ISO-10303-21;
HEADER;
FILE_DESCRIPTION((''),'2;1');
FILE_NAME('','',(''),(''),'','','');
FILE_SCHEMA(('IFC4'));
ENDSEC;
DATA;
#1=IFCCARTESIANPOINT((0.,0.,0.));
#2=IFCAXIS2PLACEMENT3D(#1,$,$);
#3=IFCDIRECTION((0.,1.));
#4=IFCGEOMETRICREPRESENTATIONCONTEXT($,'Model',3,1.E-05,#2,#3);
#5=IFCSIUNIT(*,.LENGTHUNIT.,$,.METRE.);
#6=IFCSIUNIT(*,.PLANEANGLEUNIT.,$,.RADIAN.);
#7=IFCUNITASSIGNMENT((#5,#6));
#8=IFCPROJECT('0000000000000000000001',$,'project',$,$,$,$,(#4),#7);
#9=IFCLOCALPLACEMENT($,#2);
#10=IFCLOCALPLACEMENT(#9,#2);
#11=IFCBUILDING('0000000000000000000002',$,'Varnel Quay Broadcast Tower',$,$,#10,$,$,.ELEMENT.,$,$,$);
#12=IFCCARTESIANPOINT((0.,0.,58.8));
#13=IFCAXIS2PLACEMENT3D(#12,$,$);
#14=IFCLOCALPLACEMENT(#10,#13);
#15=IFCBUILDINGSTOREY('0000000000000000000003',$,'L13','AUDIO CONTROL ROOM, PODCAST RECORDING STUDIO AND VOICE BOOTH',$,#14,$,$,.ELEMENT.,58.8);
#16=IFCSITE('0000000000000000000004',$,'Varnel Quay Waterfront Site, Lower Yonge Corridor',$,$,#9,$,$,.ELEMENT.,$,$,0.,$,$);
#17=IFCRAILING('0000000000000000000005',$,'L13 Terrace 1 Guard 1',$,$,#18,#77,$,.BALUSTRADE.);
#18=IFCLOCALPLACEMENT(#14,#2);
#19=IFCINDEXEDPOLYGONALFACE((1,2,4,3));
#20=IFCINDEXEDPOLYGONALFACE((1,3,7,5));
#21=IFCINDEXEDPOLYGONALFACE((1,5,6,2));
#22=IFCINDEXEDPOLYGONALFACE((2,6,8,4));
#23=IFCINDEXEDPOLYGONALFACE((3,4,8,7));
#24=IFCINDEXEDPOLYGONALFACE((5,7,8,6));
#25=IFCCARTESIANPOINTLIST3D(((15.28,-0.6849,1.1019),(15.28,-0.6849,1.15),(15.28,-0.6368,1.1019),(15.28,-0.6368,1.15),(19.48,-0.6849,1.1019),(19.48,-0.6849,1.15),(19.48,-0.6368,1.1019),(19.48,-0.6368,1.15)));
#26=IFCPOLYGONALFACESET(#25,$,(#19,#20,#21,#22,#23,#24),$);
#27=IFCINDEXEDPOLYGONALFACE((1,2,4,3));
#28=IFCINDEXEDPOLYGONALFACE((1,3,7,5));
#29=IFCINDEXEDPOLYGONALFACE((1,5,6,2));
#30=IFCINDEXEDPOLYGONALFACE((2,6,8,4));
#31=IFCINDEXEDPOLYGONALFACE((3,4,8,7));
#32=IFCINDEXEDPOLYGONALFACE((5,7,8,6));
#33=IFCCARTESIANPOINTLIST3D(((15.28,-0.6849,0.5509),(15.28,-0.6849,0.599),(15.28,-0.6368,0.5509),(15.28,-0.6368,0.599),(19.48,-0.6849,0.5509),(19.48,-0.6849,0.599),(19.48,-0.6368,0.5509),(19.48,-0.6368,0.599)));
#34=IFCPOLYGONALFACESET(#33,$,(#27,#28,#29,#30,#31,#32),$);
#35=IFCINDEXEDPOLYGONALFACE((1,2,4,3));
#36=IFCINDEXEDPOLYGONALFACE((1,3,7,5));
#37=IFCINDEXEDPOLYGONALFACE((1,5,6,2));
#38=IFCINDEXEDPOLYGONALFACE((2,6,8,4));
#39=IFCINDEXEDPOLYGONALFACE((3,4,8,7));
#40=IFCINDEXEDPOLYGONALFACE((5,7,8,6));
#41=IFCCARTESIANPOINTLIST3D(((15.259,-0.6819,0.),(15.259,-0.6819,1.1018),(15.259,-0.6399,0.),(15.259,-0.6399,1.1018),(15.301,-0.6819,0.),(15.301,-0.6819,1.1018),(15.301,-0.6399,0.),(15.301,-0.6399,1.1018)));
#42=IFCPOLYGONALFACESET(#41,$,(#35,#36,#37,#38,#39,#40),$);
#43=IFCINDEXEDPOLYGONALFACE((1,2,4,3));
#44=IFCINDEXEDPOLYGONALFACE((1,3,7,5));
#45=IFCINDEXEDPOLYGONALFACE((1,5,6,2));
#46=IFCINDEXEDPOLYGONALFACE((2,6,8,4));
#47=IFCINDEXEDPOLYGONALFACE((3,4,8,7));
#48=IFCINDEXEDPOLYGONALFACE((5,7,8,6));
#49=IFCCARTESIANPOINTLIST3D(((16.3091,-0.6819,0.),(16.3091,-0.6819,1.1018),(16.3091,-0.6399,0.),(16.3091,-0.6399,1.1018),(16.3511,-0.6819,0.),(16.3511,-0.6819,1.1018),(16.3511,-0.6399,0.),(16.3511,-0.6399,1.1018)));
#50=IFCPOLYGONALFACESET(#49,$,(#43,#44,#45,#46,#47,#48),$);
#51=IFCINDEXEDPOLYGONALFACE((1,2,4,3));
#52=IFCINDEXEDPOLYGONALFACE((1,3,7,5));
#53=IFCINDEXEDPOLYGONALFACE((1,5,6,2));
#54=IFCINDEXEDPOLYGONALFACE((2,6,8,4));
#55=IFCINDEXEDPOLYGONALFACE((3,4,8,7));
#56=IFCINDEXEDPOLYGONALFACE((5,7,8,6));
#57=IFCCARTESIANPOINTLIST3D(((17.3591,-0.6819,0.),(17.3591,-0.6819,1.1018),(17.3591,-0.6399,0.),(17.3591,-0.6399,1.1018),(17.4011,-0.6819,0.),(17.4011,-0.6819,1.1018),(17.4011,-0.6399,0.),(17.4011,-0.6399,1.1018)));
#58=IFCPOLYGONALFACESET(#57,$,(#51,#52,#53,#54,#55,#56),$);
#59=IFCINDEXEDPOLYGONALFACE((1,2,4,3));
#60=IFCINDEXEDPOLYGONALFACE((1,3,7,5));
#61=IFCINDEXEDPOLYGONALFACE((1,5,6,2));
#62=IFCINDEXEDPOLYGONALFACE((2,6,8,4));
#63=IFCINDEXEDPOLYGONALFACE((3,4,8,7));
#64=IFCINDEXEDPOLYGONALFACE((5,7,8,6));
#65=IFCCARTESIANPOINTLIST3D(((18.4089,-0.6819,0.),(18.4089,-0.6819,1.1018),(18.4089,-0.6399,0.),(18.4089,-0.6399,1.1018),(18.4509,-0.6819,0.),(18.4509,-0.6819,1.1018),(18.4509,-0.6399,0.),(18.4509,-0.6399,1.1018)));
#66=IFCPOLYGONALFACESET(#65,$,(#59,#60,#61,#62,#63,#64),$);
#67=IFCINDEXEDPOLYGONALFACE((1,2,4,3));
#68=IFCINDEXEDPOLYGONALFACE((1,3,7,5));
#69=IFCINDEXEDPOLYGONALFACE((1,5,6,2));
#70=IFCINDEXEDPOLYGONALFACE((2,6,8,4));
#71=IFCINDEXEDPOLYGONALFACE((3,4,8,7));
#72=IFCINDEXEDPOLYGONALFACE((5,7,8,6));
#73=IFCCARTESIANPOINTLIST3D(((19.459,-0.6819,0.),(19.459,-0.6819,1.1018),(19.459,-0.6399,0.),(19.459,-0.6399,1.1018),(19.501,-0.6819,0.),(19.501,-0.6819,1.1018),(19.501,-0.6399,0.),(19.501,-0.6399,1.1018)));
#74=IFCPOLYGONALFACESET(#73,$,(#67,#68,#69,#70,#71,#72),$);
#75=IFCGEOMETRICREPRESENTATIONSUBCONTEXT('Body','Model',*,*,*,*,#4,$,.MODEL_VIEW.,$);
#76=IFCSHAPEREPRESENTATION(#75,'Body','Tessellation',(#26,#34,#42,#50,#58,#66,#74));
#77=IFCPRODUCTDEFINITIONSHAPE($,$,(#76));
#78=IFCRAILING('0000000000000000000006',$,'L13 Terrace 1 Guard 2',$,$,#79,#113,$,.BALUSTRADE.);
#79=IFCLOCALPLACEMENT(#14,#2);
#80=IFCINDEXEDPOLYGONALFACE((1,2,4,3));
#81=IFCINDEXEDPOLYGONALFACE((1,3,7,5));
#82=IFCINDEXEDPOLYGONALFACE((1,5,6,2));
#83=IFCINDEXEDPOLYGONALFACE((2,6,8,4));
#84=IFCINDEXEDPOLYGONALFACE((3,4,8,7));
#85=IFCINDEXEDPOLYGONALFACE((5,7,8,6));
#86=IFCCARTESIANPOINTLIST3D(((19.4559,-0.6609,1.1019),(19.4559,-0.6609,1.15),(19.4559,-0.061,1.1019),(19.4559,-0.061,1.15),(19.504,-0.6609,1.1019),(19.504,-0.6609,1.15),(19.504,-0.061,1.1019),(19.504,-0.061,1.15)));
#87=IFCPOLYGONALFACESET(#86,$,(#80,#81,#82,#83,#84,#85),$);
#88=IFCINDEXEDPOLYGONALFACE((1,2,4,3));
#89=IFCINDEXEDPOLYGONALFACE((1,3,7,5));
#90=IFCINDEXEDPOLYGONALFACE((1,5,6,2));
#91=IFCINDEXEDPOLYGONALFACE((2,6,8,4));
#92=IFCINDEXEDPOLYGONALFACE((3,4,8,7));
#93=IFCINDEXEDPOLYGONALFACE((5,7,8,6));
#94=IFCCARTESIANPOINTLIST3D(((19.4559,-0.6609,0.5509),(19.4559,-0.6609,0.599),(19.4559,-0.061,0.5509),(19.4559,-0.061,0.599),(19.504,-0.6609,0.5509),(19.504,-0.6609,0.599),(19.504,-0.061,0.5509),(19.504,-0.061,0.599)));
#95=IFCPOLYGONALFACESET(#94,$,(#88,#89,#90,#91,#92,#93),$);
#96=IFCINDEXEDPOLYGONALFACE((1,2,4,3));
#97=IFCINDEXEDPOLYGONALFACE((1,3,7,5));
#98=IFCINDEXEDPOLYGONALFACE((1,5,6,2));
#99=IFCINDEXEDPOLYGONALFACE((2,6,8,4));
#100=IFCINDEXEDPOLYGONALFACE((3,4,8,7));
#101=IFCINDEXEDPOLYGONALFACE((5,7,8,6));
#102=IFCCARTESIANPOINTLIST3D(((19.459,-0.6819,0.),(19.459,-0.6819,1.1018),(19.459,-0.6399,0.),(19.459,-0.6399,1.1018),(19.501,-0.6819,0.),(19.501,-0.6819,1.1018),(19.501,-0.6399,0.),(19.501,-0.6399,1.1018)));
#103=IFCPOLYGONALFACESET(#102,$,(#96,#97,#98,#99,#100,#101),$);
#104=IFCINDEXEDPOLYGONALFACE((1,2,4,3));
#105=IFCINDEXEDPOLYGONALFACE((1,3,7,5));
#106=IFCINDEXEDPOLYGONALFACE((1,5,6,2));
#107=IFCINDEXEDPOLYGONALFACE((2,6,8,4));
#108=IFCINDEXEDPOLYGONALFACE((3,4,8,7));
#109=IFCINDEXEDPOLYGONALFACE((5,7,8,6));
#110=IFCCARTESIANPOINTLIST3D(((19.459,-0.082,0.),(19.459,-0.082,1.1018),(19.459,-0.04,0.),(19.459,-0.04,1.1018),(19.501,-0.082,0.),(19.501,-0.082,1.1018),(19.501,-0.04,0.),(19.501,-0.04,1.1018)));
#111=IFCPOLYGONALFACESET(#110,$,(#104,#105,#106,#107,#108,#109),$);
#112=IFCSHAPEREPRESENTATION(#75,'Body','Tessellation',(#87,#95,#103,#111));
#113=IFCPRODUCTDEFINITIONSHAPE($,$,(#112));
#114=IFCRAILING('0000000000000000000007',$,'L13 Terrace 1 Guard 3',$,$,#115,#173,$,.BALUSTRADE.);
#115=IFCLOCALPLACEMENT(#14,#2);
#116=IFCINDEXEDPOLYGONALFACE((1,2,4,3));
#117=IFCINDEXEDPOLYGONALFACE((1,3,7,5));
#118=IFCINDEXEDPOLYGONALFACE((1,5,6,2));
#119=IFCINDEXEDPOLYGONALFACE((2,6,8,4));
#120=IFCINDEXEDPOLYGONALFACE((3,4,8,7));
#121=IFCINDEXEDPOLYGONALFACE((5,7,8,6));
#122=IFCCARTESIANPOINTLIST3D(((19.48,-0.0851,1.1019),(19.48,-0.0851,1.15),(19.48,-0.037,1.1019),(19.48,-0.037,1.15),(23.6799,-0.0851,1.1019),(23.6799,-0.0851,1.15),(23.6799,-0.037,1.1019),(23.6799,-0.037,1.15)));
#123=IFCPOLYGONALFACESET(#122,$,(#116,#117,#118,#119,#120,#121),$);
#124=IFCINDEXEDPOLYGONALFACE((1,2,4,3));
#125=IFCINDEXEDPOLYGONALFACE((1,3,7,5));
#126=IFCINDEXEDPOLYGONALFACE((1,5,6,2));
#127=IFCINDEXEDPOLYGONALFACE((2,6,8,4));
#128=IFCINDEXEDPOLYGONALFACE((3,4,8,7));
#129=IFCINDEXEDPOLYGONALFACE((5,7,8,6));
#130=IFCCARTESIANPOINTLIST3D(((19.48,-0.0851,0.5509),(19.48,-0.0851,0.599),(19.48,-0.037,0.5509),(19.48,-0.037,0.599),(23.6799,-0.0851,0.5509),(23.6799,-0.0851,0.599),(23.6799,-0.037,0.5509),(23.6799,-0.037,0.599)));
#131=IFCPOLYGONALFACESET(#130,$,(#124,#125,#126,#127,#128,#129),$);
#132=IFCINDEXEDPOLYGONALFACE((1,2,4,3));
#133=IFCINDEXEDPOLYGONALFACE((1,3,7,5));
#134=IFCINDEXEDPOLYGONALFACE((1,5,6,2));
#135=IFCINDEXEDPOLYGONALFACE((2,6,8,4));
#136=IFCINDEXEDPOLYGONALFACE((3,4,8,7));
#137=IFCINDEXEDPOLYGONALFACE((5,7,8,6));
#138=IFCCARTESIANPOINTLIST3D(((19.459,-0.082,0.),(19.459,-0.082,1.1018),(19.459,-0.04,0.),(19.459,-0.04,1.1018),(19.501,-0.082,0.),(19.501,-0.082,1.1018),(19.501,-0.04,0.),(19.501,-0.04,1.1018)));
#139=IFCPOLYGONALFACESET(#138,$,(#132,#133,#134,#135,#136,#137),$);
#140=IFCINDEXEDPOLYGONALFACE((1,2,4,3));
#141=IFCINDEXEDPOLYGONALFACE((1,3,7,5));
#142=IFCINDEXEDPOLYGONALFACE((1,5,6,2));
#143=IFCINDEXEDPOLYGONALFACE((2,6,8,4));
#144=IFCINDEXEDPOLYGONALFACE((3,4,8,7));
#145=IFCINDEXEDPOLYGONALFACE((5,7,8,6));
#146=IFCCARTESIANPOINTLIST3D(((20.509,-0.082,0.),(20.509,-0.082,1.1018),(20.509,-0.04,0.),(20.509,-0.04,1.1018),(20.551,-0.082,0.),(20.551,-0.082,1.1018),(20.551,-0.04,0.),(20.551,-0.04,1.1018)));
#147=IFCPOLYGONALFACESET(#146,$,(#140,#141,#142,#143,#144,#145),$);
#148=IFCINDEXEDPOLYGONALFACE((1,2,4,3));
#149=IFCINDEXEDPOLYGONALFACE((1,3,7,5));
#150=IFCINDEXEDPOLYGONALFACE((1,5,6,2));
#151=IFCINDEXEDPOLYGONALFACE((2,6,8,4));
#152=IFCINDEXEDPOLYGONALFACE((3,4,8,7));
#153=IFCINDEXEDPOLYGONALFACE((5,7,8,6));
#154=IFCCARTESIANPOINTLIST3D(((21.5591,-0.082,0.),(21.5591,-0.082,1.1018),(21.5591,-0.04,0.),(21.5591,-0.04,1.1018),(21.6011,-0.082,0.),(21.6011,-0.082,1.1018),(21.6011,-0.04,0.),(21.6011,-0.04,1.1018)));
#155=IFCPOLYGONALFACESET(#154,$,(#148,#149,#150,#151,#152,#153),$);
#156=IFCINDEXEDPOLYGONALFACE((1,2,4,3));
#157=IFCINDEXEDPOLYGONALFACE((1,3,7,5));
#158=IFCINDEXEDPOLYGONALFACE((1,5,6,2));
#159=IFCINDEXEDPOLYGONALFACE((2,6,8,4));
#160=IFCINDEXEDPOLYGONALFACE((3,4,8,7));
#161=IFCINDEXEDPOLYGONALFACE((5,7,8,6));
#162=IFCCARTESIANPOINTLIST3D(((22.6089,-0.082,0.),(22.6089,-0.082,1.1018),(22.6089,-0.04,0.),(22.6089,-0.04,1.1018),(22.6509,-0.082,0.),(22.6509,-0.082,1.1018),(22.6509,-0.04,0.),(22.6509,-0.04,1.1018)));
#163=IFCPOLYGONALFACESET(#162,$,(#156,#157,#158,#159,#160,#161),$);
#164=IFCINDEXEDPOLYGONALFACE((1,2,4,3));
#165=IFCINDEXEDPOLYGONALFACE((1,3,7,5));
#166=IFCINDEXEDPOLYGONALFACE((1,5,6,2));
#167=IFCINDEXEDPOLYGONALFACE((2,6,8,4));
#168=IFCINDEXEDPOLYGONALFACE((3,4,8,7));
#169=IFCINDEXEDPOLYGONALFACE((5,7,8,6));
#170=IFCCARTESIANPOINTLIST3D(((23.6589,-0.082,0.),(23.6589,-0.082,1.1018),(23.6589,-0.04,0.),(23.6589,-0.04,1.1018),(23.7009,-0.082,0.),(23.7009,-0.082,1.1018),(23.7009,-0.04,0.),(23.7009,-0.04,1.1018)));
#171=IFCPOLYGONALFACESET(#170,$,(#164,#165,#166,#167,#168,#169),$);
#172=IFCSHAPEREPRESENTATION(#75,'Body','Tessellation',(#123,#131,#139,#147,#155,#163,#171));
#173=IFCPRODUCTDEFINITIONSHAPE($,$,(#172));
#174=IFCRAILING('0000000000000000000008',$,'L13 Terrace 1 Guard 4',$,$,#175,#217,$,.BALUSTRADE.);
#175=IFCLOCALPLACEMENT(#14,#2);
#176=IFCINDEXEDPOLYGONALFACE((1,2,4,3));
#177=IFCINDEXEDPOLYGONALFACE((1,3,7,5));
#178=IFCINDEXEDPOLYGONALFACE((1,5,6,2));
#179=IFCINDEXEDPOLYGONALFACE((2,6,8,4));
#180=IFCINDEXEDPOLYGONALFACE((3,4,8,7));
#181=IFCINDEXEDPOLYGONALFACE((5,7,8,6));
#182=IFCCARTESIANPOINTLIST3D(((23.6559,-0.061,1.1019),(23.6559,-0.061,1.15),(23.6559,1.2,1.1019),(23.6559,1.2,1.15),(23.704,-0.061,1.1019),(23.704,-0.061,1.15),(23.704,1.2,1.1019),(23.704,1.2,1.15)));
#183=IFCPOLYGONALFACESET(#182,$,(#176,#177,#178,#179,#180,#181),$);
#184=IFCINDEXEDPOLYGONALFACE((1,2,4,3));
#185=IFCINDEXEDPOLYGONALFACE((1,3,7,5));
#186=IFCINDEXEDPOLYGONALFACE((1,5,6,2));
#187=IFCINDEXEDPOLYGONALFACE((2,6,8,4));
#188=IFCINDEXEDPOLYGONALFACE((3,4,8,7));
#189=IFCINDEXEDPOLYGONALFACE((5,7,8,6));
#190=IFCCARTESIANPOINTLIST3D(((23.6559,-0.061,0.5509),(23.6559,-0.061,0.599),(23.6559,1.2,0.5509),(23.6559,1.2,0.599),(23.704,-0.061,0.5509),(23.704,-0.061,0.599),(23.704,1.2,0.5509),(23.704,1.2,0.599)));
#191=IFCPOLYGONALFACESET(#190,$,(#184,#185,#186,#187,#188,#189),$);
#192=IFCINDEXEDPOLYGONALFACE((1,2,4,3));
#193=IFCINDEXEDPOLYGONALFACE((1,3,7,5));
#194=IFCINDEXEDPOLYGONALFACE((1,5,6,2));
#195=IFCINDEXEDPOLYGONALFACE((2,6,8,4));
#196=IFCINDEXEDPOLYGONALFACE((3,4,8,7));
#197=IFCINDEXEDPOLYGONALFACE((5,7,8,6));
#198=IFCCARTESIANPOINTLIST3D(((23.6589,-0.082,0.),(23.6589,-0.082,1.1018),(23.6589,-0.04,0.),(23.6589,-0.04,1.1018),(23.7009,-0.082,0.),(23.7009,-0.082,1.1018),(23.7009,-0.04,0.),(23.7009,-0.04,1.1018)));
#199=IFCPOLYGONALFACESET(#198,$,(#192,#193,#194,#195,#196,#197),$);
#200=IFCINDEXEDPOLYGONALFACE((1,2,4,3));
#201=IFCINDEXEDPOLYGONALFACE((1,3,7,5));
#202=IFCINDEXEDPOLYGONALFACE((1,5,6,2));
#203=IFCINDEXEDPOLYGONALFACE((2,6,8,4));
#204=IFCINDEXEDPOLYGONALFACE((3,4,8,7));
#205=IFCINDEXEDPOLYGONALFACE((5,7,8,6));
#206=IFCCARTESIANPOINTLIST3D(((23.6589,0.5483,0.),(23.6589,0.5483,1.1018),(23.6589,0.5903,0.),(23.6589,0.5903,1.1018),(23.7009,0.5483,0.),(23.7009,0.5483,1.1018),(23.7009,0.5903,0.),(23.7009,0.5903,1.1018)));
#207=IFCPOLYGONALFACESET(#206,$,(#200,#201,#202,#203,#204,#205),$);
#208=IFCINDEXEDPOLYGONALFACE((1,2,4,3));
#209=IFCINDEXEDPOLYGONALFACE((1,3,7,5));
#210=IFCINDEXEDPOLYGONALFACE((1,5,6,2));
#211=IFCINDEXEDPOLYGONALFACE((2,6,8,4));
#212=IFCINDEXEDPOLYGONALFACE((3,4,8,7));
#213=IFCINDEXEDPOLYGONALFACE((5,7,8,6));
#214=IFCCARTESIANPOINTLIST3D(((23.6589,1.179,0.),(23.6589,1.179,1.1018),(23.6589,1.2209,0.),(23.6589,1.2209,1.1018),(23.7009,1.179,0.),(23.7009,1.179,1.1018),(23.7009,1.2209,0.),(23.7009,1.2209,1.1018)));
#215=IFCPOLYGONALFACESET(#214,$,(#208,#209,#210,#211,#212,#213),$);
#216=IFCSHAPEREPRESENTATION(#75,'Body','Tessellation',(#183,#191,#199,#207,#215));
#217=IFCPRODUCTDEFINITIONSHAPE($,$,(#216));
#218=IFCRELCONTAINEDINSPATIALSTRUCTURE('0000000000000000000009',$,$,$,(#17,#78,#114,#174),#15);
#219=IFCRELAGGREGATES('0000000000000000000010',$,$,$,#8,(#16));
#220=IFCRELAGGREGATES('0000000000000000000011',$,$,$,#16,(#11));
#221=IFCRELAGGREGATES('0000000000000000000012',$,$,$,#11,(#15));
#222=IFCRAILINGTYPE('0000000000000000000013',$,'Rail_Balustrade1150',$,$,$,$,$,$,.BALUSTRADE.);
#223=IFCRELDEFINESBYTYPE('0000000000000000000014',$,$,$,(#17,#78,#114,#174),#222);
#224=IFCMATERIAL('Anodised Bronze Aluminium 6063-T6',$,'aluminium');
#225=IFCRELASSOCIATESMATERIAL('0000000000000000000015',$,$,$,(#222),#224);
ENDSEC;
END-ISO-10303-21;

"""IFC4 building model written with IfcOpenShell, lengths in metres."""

from ifc_helpers import new_model, si_unit, direction, frame, origin, origin_2d, place, context, subcontext, project, spatial, rectangle, extrude, material, type_object, element, save


model = new_model("IFC4")

# Units and contexts
model_context = context("Model", 3, precision=1e-05, world=origin(), true_north=direction((0.0, 1.0)))
body_context = subcontext(model_context, "Body", "Model", "MODEL_VIEW")
ifc_project = project(units=[si_unit("LENGTHUNIT", "METRE"), si_unit("PLANEANGLEUNIT", "RADIAN")], contexts=[model_context])

# Site, building, storey
site_placement = place(None, origin())
site = spatial("IfcSite", under=ifc_project, at=site_placement, Name="Varnel Quay Waterfront Site, Lower Yonge Corridor", CompositionType="ELEMENT", RefElevation=0.0)
building_placement = place(site_placement, origin())
building = spatial("IfcBuilding", under=site, at=building_placement, Name="Varnel Quay Broadcast Tower", CompositionType="ELEMENT")
storey_placement = place(building_placement, frame((0.0, 0.0, 58.8)))
storey = spatial("IfcBuildingStorey", under=building, at=storey_placement, Name="L13", Description="AUDIO CONTROL ROOM, PODCAST RECORDING STUDIO AND VOICE BOOTH", CompositionType="ELEMENT", Elevation=58.8)

# Shared definitions
ifc_material_1 = material(Name="Anodised Bronze Aluminium 6063-T6", Category="aluminium")

# Railings
railing_type = type_object("IfcRailingType", Name="Rail_Balustrade1150", PredefinedType="BALUSTRADE", material=ifc_material_1)
railing_1_placement = place(storey_placement, frame((15.28, -0.6609, 0.0)))
element("IfcRailing", 1, at=railing_1_placement, inside=storey, type_object=railing_type, Name="L13 Terrace 1 Guard 1", PredefinedType="BALUSTRADE", context=body_context, shape_type="SweptSolid", body=[
    extrude(rectangle(XDim=0.0481, YDim=0.0481, at=origin_2d()), frame((0.0, 0.0, 1.126), z_axis=(1.0, 0.0, 0.0), x_axis=(0.0, 1.0, 0.0)), (0.0, 0.0, 1.0), 4.2),
    extrude(rectangle(XDim=0.0481, YDim=0.0481, at=origin_2d()), frame((0.0, 0.0, 0.575), z_axis=(1.0, 0.0, 0.0), x_axis=(0.0, 1.0, 0.0)), (0.0, 0.0, 1.0), 4.2),
    extrude(rectangle(XDim=0.042, YDim=0.042, at=origin_2d()), origin(), (0.0, 0.0, 1.0), 1.1018),
    extrude(rectangle(XDim=0.042, YDim=0.042, at=origin_2d()), frame((1.05, 0.0, 0.0)), (0.0, 0.0, 1.0), 1.1018),
    extrude(rectangle(XDim=0.042, YDim=0.042, at=origin_2d()), frame((2.1001, 0.0, 0.0)), (0.0, 0.0, 1.0), 1.1018),
    extrude(rectangle(XDim=0.042, YDim=0.042, at=origin_2d()), frame((3.1499, 0.0, 0.0)), (0.0, 0.0, 1.0), 1.1018),
    extrude(rectangle(XDim=0.042, YDim=0.042, at=origin_2d()), frame((4.2, 0.0, 0.0)), (0.0, 0.0, 1.0), 1.1018),
])
railing_2_placement = place(storey_placement, frame((19.48, -0.6609, 0.0)))
element("IfcRailing", 2, at=railing_2_placement, inside=storey, type_object=railing_type, Name="L13 Terrace 1 Guard 2", PredefinedType="BALUSTRADE", context=body_context, shape_type="SweptSolid", body=[
    extrude(rectangle(XDim=0.0481, YDim=0.0481, at=origin_2d()), frame((0.0, 0.0, 1.126), z_axis=(0.0, 1.0, 0.0), x_axis=(-1.0, 0.0, 0.0)), (0.0, 0.0, 1.0), 0.5999),
    extrude(rectangle(XDim=0.0481, YDim=0.0481, at=origin_2d()), frame((0.0, 0.0, 0.575), z_axis=(0.0, 1.0, 0.0), x_axis=(-1.0, 0.0, 0.0)), (0.0, 0.0, 1.0), 0.5999),
    extrude(rectangle(XDim=0.042, YDim=0.042, at=origin_2d()), origin(), (0.0, 0.0, 1.0), 1.1018),
    extrude(rectangle(XDim=0.042, YDim=0.042, at=origin_2d()), frame((0.0, 0.5999, 0.0)), (0.0, 0.0, 1.0), 1.1018),
])
railing_3_placement = place(storey_placement, frame((19.48, -0.061, 0.0)))
element("IfcRailing", 3, at=railing_3_placement, inside=storey, type_object=railing_type, Name="L13 Terrace 1 Guard 3", PredefinedType="BALUSTRADE", context=body_context, shape_type="SweptSolid", body=[
    extrude(rectangle(XDim=0.0481, YDim=0.0481, at=origin_2d()), frame((0.0, 0.0, 1.126), z_axis=(1.0, 0.0, 0.0), x_axis=(0.0, 1.0, 0.0)), (0.0, 0.0, 1.0), 4.2),
    extrude(rectangle(XDim=0.0481, YDim=0.0481, at=origin_2d()), frame((0.0, 0.0, 0.575), z_axis=(1.0, 0.0, 0.0), x_axis=(0.0, 1.0, 0.0)), (0.0, 0.0, 1.0), 4.2),
    extrude(rectangle(XDim=0.042, YDim=0.042, at=origin_2d()), origin(), (0.0, 0.0, 1.0), 1.1018),
    extrude(rectangle(XDim=0.042, YDim=0.042, at=origin_2d()), frame((1.05, 0.0, 0.0)), (0.0, 0.0, 1.0), 1.1018),
    extrude(rectangle(XDim=0.042, YDim=0.042, at=origin_2d()), frame((2.1001, 0.0, 0.0)), (0.0, 0.0, 1.0), 1.1018),
    extrude(rectangle(XDim=0.042, YDim=0.042, at=origin_2d()), frame((3.1499, 0.0, 0.0)), (0.0, 0.0, 1.0), 1.1018),
    extrude(rectangle(XDim=0.042, YDim=0.042, at=origin_2d()), frame((4.2, 0.0, 0.0)), (0.0, 0.0, 1.0), 1.1018),
])
railing_4_placement = place(storey_placement, frame((23.6799, -0.061, 0.0)))
element("IfcRailing", 4, at=railing_4_placement, inside=storey, type_object=railing_type, Name="L13 Terrace 1 Guard 4", PredefinedType="BALUSTRADE", context=body_context, shape_type="SweptSolid", body=[
    extrude(rectangle(XDim=0.0481, YDim=0.0481, at=origin_2d()), frame((0.0, 0.0, 1.126), z_axis=(0.0, 1.0, 0.0), x_axis=(-1.0, 0.0, 0.0)), (0.0, 0.0, 1.0), 1.261),
    extrude(rectangle(XDim=0.0481, YDim=0.0481, at=origin_2d()), frame((0.0, 0.0, 0.575), z_axis=(0.0, 1.0, 0.0), x_axis=(-1.0, 0.0, 0.0)), (0.0, 0.0, 1.0), 1.261),
    extrude(rectangle(XDim=0.042, YDim=0.042, at=origin_2d()), origin(), (0.0, 0.0, 1.0), 1.1018),
    extrude(rectangle(XDim=0.042, YDim=0.042, at=origin_2d()), frame((0.0, 0.6304, 0.0)), (0.0, 0.0, 1.0), 1.1018),
    extrude(rectangle(XDim=0.042, YDim=0.042, at=origin_2d()), frame((0.0, 1.261, 0.0)), (0.0, 0.0, 1.0), 1.1018),
])

save(model, "model.ifc")
